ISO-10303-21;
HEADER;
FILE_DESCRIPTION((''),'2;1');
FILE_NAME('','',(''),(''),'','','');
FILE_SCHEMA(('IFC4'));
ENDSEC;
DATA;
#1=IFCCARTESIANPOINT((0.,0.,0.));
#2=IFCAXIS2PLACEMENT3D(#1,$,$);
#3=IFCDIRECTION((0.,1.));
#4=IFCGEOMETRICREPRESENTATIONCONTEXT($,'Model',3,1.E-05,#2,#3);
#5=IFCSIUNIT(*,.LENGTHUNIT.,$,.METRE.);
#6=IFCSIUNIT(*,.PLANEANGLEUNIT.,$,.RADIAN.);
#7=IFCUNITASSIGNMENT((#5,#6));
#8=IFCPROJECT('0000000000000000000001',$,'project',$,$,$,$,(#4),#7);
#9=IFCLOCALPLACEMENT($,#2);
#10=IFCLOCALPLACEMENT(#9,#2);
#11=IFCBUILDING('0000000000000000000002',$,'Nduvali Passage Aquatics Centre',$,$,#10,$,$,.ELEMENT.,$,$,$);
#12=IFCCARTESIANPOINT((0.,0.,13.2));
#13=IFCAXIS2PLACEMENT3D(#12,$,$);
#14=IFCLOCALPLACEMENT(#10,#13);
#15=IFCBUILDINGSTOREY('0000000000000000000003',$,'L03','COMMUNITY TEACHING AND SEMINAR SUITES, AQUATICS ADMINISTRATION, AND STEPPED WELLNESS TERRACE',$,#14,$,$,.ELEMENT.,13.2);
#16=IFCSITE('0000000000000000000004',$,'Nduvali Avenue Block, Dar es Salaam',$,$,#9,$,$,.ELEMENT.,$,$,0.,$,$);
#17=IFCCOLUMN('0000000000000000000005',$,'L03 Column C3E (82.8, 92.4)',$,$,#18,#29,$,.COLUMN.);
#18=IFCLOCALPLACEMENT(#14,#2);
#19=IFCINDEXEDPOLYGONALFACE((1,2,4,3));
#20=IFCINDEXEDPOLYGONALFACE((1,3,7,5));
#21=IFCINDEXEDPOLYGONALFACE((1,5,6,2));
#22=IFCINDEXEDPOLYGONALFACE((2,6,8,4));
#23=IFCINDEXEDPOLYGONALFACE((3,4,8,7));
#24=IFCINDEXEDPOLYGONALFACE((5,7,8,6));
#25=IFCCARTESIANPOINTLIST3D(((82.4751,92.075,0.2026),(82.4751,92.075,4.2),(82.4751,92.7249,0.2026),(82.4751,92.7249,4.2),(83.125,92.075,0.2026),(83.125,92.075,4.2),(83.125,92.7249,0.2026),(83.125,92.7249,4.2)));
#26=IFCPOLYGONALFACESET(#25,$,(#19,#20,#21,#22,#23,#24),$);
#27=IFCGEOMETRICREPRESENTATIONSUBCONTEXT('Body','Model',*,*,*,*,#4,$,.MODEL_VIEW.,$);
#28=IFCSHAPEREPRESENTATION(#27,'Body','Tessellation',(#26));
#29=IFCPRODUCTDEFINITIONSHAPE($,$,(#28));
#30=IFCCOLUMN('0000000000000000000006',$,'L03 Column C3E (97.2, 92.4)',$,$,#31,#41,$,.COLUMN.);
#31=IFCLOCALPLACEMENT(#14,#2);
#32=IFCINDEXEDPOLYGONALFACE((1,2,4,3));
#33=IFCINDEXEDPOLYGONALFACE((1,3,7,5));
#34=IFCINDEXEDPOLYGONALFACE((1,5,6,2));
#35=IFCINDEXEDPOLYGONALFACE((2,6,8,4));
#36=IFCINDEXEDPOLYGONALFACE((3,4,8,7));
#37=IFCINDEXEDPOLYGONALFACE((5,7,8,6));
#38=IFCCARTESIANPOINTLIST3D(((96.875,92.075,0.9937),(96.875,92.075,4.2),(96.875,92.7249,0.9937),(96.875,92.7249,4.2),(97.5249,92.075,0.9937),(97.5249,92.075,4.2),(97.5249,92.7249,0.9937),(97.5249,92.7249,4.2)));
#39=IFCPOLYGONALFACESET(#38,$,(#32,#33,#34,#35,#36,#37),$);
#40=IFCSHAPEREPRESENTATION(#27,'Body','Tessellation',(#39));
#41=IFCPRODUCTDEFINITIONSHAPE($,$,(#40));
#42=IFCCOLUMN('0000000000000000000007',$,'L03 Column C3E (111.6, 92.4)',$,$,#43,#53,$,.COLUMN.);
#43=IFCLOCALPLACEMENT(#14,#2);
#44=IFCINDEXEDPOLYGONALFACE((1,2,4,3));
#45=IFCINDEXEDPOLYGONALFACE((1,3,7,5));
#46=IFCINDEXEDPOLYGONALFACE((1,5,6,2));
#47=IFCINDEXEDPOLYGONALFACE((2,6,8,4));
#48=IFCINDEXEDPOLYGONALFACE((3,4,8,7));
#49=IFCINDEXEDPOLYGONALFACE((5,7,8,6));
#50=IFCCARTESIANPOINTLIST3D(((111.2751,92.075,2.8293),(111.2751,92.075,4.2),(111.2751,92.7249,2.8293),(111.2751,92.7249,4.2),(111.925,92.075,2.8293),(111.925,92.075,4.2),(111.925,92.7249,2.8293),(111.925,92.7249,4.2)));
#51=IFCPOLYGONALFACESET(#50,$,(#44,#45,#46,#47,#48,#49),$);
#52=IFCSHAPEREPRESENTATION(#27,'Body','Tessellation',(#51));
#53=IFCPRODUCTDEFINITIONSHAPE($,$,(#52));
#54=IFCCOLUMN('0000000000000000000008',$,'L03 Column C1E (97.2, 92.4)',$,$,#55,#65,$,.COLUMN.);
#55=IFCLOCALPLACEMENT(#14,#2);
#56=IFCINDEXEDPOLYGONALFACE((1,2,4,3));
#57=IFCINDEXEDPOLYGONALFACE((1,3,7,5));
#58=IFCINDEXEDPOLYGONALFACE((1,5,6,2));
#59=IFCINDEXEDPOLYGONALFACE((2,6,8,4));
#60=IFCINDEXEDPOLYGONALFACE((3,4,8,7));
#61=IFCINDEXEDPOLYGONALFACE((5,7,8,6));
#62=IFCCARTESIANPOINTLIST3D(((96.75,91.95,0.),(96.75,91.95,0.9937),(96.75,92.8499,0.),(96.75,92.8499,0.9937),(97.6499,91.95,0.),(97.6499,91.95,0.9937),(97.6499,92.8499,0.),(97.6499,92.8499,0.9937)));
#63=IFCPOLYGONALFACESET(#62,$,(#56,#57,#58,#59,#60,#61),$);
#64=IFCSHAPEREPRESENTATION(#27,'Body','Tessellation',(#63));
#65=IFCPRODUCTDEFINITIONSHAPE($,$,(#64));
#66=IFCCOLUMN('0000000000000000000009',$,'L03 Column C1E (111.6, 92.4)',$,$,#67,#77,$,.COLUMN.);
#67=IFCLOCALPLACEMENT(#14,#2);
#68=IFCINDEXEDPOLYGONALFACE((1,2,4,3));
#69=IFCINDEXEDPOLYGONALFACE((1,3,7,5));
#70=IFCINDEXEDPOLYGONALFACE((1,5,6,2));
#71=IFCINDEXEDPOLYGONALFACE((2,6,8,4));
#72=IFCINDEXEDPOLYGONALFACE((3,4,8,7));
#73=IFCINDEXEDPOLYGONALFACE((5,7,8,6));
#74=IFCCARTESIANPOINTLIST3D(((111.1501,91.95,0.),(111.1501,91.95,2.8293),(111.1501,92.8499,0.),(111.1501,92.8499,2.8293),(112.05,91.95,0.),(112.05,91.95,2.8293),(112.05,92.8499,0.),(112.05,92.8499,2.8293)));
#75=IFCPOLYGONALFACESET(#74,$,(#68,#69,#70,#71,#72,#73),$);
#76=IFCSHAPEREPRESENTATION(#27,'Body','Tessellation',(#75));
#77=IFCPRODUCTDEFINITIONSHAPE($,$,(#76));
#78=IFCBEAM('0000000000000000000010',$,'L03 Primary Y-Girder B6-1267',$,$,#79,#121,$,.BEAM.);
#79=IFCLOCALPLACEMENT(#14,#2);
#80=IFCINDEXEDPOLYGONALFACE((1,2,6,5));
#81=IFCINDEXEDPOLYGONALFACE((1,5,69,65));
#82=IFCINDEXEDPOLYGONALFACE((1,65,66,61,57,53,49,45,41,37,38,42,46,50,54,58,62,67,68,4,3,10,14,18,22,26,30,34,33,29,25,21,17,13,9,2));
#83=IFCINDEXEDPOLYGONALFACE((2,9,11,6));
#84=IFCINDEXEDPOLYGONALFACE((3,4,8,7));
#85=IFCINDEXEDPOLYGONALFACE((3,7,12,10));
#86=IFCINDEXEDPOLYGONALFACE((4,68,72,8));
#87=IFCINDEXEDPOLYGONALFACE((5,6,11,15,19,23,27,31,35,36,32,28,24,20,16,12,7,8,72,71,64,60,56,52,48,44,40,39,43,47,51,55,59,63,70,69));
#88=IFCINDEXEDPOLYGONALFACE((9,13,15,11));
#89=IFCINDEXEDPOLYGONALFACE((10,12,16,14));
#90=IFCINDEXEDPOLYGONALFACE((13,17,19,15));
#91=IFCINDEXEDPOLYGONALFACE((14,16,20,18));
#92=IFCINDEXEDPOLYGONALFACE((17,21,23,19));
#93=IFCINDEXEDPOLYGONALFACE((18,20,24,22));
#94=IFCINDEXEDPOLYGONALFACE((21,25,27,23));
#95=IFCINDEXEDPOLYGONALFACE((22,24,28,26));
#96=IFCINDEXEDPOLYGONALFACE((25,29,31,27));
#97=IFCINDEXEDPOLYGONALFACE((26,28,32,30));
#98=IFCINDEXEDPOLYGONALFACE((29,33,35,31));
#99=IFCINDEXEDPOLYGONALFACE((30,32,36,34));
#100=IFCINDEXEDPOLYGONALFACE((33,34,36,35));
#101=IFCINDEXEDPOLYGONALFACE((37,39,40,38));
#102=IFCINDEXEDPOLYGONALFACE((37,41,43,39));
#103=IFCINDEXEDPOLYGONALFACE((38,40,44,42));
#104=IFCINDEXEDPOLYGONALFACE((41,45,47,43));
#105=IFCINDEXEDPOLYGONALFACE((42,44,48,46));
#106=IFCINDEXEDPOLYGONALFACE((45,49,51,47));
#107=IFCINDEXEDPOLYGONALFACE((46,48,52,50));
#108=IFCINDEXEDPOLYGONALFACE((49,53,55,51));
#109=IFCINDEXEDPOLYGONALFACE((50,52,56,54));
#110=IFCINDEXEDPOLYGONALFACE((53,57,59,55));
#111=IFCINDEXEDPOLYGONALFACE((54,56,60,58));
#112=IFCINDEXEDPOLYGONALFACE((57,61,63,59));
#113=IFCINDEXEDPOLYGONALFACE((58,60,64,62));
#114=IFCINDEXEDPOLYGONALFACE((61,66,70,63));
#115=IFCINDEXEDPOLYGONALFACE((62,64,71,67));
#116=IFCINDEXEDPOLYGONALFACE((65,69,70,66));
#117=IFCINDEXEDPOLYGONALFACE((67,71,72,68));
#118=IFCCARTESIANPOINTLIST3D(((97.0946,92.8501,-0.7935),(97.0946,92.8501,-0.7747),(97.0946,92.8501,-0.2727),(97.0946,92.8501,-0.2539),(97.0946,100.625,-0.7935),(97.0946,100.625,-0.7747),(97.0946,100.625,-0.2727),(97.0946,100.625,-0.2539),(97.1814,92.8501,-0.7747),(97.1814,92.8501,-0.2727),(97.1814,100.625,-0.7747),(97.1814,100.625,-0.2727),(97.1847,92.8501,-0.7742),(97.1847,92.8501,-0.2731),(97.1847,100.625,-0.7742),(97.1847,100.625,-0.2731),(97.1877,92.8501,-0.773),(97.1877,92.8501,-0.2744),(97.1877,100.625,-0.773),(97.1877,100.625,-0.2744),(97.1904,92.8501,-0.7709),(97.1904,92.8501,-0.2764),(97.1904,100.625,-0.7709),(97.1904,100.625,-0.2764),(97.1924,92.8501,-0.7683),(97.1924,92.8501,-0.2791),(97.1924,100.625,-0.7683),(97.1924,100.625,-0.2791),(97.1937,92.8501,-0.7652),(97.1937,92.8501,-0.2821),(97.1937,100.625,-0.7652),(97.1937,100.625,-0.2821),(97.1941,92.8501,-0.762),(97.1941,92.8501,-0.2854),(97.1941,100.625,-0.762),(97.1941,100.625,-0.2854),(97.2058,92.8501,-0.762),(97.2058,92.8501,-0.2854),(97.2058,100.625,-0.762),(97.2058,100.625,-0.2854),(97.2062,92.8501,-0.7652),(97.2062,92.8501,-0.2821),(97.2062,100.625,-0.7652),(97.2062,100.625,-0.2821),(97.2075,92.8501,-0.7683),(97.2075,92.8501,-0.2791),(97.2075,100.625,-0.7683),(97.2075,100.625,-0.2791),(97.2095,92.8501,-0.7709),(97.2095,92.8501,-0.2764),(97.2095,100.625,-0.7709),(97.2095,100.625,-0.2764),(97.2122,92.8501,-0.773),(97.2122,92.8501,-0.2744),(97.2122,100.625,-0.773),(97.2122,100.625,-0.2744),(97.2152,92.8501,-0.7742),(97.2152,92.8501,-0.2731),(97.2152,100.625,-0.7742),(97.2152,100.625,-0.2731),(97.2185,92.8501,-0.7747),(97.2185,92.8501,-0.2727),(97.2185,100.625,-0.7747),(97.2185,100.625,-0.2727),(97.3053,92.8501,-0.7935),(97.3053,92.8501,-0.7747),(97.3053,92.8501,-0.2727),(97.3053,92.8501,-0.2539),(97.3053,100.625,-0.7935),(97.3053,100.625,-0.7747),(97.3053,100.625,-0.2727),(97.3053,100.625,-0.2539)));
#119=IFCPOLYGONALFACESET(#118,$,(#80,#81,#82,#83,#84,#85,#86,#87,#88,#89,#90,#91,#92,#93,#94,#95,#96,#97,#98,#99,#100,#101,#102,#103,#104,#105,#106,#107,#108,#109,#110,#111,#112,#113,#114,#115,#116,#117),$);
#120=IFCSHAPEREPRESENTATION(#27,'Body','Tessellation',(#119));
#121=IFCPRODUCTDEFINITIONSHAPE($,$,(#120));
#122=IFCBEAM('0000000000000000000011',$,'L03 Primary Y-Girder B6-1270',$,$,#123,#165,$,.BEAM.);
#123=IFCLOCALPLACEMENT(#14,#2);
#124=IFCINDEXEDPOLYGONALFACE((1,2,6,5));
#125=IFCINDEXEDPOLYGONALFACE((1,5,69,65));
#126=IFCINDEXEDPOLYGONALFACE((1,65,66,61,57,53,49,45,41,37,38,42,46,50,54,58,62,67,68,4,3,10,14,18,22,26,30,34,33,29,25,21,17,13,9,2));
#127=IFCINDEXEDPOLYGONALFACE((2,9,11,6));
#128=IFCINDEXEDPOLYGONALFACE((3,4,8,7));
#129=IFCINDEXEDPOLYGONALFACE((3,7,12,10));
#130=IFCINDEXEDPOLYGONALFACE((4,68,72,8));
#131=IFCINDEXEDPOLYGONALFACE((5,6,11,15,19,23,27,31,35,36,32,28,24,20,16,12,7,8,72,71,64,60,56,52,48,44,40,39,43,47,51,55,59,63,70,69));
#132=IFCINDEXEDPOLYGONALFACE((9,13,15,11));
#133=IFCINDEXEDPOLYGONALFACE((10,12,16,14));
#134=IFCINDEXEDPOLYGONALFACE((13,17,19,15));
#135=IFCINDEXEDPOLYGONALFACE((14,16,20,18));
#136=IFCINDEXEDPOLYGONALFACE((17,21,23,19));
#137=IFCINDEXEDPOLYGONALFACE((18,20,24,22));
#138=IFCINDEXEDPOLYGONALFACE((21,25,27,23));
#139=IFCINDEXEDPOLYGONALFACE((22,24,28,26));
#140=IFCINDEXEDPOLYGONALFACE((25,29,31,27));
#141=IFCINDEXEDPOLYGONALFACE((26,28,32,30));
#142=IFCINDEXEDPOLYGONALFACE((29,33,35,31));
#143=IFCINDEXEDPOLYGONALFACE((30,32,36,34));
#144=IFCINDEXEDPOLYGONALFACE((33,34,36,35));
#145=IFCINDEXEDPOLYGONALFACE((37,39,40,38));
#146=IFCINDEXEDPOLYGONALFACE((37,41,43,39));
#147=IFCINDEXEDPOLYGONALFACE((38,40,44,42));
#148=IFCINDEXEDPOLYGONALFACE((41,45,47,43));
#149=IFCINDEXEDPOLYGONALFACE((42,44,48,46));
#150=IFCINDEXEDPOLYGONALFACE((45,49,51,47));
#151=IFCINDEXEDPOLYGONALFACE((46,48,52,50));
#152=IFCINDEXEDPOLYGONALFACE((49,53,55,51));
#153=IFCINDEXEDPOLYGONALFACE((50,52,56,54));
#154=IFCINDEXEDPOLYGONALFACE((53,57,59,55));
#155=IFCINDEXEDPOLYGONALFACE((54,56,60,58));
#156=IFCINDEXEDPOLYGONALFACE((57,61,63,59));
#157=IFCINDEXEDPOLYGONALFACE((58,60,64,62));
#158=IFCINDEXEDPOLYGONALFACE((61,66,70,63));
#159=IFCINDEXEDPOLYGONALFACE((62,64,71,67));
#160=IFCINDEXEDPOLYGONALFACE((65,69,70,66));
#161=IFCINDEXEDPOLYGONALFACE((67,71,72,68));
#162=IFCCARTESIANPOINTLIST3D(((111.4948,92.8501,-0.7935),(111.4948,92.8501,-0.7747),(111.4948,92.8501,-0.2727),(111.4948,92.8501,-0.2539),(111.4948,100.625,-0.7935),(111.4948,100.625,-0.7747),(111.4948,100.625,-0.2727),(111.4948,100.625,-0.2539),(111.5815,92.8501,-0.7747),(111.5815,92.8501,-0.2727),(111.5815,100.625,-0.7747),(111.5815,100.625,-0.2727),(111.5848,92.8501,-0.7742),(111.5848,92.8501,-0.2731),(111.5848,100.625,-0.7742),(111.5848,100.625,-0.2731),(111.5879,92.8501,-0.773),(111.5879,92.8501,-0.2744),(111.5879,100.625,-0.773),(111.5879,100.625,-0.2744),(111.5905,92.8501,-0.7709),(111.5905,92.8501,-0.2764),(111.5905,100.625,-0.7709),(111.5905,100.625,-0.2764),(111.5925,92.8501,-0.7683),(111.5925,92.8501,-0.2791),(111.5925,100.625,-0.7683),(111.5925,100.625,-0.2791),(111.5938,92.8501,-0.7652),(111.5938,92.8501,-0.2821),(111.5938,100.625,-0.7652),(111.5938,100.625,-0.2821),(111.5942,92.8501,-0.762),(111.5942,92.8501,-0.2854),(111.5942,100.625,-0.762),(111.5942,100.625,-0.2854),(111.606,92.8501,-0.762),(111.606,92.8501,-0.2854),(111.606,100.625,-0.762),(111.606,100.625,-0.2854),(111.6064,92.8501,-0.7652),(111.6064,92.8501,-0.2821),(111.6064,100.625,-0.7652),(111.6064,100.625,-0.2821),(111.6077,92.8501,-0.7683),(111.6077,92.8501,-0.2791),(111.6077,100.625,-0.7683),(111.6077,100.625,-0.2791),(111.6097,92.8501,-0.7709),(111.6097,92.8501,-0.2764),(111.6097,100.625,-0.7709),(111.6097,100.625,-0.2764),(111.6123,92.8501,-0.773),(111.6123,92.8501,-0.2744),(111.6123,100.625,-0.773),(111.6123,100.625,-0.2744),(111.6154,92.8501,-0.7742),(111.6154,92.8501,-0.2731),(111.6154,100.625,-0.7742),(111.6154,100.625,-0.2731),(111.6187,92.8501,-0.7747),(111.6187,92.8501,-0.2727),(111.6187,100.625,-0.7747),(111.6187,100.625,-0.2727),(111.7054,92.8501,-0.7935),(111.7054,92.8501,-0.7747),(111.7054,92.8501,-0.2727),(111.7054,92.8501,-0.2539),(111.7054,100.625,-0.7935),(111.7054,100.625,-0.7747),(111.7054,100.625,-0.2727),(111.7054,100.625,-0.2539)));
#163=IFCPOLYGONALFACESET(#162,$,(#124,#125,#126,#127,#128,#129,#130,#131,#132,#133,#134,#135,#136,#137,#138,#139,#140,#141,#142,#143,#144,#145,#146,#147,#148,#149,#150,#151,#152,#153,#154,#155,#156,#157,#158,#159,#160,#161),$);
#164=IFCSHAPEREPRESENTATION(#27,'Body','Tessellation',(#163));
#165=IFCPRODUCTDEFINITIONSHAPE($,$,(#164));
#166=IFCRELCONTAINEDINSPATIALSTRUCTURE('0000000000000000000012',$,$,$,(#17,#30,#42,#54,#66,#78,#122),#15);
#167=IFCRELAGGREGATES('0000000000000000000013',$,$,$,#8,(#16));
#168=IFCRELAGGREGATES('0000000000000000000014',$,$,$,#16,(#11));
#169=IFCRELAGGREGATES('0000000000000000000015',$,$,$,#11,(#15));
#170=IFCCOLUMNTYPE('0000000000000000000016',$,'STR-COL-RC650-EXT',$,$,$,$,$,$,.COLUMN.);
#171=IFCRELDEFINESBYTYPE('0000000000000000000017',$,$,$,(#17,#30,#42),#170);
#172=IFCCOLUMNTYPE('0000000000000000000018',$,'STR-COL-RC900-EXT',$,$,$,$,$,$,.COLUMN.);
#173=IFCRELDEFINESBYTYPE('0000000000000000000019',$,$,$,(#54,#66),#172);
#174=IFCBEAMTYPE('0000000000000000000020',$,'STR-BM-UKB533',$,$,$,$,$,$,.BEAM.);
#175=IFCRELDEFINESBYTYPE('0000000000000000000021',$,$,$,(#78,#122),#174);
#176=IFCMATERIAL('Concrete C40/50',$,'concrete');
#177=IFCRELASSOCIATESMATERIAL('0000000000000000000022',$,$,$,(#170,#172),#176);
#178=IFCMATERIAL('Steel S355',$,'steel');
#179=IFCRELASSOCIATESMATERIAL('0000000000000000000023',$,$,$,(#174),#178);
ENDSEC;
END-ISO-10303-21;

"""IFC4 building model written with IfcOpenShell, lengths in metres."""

from ifc_helpers import new_model, si_unit, direction, frame, origin, origin_2d, place, context, subcontext, project, spatial, rectangle, i_section, extrude, material, material_profile, profile_set, type_object, element, save


model = new_model("IFC4")

# Units and contexts
model_context = context("Model", 3, precision=1e-05, world=origin(), true_north=direction((0.0, 1.0)))
body_context = subcontext(model_context, "Body", "Model", "MODEL_VIEW")
ifc_project = project(units=[si_unit("LENGTHUNIT", "METRE"), si_unit("PLANEANGLEUNIT", "RADIAN")], contexts=[model_context])

# Site, building, storey
site_placement = place(None, origin())
site = spatial("IfcSite", under=ifc_project, at=site_placement, Name="Nduvali Avenue Block, Dar es Salaam", CompositionType="ELEMENT", RefElevation=0.0)
building_placement = place(site_placement, origin())
building = spatial("IfcBuilding", under=site, at=building_placement, Name="Nduvali Passage Aquatics Centre", CompositionType="ELEMENT")
storey_placement = place(building_placement, frame((0.0, 0.0, 13.2)))
storey = spatial("IfcBuildingStorey", under=building, at=storey_placement, Name="L03", Description="COMMUNITY TEACHING AND SEMINAR SUITES, AQUATICS ADMINISTRATION, AND STEPPED WELLNESS TERRACE", CompositionType="ELEMENT", Elevation=13.2)

# Columns
ifc_material_1 = material(Name="Concrete C40/50", Category="concrete")
ifc_material_profile_1 = material_profile(ifc_material_1, rectangle(XDim=0.6499, YDim=0.6499, at=origin_2d()), Name="RC 650x650")
ifc_profile_set_1 = profile_set([ifc_material_profile_1], Name="Concrete C40/50")
column_type_1 = type_object("IfcColumnType", Name="STR-COL-RC650-EXT", PredefinedType="COLUMN", material=ifc_profile_set_1)
column_1_placement = place(storey_placement, frame((82.8, 92.3999, 0.2026), z_axis=(0.0, 0.0, 1.0), x_axis=(1.0, 0.0, 0.0)))
element("IfcColumn", 1, at=column_1_placement, inside=storey, type_object=column_type_1, Name="L03 Column C3E (82.8, 92.4)", PredefinedType="COLUMN", context=body_context, shape_type="SweptSolid", body=[
    extrude(rectangle(XDim=0.6499, YDim=0.6499, at=origin_2d()), origin(), (0.0, 0.0, 1.0), 3.9973),
])
column_2_placement = place(storey_placement, frame((97.2, 92.3999, 0.9937), z_axis=(0.0, 0.0, 1.0), x_axis=(1.0, 0.0, 0.0)))
element("IfcColumn", 2, at=column_2_placement, inside=storey, type_object=column_type_1, Name="L03 Column C3E (97.2, 92.4)", PredefinedType="COLUMN", context=body_context, shape_type="SweptSolid", body=[
    extrude(rectangle(XDim=0.6499, YDim=0.6499, at=origin_2d()), origin(), (0.0, 0.0, 1.0), 3.2063),
])
column_3_placement = place(storey_placement, frame((111.6001, 92.3999, 2.8293), z_axis=(0.0, 0.0, 1.0), x_axis=(1.0, 0.0, 0.0)))
element("IfcColumn", 3, at=column_3_placement, inside=storey, type_object=column_type_1, Name="L03 Column C3E (111.6, 92.4)", PredefinedType="COLUMN", context=body_context, shape_type="SweptSolid", body=[
    extrude(rectangle(XDim=0.6499, YDim=0.6499, at=origin_2d()), origin(), (0.0, 0.0, 1.0), 1.3706),
])
ifc_material_profile_2 = material_profile(ifc_material_1, rectangle(XDim=0.8999, YDim=0.8999, at=origin_2d()), Name="RC 900x900")
ifc_profile_set_2 = profile_set([ifc_material_profile_2], Name="Concrete C40/50")
column_type_2 = type_object("IfcColumnType", Name="STR-COL-RC900-EXT", PredefinedType="COLUMN", material=ifc_profile_set_2)
column_4_placement = place(storey_placement, frame((97.2, 92.3999, 0.0), z_axis=(0.0, 0.0, 1.0), x_axis=(1.0, 0.0, 0.0)))
element("IfcColumn", 4, at=column_4_placement, inside=storey, type_object=column_type_2, Name="L03 Column C1E (97.2, 92.4)", PredefinedType="COLUMN", context=body_context, shape_type="SweptSolid", body=[
    extrude(rectangle(XDim=0.8999, YDim=0.8999, at=origin_2d()), origin(), (0.0, 0.0, 1.0), 0.9937),
])
column_5_placement = place(storey_placement, frame((111.6001, 92.3999, 0.0), z_axis=(0.0, 0.0, 1.0), x_axis=(1.0, 0.0, 0.0)))
element("IfcColumn", 5, at=column_5_placement, inside=storey, type_object=column_type_2, Name="L03 Column C1E (111.6, 92.4)", PredefinedType="COLUMN", context=body_context, shape_type="SweptSolid", body=[
    extrude(rectangle(XDim=0.8999, YDim=0.8999, at=origin_2d()), origin(), (0.0, 0.0, 1.0), 2.8293),
])

# Beams
ifc_material_2 = material(Name="Steel S355", Category="steel")
ifc_material_profile_3 = material_profile(ifc_material_2, i_section(OverallWidth=0.2107, OverallDepth=0.5396, WebThickness=0.0117, FlangeThickness=0.0188, FilletRadius=0.0127, at=origin_2d()), Name="UKB 533x210x109")
ifc_profile_set_3 = profile_set([ifc_material_profile_3], Name="Steel S355")
beam_type_1 = type_object("IfcBeamType", Name="STR-BM-UKB533", PredefinedType="BEAM", material=ifc_profile_set_3)
for number, where, z_axis, x_axis, name in (
    (6, (97.2, 92.8501, -0.5237), (0.0, 1.0, 0.0), (-1.0, 0.0, 0.0), "L03 Primary Y-Girder B6-1267"),
    (7, (111.6001, 92.8501, -0.5237), (0.0, 1.0, 0.0), (-1.0, 0.0, 0.0), "L03 Primary Y-Girder B6-1270"),
):
    element("IfcBeam", number, at=place(storey_placement, frame(where, z_axis=z_axis, x_axis=x_axis)), inside=storey, type_object=beam_type_1, Name=name, PredefinedType="BEAM", context=body_context, shape_type="SweptSolid", body=[
        extrude(i_section(OverallWidth=0.2107, OverallDepth=0.5396, WebThickness=0.0117, FlangeThickness=0.0188, FilletRadius=0.0127, at=origin_2d()), origin(), (0.0, 0.0, 1.0), 7.7749),
    ])

save(model, "model.ifc")
